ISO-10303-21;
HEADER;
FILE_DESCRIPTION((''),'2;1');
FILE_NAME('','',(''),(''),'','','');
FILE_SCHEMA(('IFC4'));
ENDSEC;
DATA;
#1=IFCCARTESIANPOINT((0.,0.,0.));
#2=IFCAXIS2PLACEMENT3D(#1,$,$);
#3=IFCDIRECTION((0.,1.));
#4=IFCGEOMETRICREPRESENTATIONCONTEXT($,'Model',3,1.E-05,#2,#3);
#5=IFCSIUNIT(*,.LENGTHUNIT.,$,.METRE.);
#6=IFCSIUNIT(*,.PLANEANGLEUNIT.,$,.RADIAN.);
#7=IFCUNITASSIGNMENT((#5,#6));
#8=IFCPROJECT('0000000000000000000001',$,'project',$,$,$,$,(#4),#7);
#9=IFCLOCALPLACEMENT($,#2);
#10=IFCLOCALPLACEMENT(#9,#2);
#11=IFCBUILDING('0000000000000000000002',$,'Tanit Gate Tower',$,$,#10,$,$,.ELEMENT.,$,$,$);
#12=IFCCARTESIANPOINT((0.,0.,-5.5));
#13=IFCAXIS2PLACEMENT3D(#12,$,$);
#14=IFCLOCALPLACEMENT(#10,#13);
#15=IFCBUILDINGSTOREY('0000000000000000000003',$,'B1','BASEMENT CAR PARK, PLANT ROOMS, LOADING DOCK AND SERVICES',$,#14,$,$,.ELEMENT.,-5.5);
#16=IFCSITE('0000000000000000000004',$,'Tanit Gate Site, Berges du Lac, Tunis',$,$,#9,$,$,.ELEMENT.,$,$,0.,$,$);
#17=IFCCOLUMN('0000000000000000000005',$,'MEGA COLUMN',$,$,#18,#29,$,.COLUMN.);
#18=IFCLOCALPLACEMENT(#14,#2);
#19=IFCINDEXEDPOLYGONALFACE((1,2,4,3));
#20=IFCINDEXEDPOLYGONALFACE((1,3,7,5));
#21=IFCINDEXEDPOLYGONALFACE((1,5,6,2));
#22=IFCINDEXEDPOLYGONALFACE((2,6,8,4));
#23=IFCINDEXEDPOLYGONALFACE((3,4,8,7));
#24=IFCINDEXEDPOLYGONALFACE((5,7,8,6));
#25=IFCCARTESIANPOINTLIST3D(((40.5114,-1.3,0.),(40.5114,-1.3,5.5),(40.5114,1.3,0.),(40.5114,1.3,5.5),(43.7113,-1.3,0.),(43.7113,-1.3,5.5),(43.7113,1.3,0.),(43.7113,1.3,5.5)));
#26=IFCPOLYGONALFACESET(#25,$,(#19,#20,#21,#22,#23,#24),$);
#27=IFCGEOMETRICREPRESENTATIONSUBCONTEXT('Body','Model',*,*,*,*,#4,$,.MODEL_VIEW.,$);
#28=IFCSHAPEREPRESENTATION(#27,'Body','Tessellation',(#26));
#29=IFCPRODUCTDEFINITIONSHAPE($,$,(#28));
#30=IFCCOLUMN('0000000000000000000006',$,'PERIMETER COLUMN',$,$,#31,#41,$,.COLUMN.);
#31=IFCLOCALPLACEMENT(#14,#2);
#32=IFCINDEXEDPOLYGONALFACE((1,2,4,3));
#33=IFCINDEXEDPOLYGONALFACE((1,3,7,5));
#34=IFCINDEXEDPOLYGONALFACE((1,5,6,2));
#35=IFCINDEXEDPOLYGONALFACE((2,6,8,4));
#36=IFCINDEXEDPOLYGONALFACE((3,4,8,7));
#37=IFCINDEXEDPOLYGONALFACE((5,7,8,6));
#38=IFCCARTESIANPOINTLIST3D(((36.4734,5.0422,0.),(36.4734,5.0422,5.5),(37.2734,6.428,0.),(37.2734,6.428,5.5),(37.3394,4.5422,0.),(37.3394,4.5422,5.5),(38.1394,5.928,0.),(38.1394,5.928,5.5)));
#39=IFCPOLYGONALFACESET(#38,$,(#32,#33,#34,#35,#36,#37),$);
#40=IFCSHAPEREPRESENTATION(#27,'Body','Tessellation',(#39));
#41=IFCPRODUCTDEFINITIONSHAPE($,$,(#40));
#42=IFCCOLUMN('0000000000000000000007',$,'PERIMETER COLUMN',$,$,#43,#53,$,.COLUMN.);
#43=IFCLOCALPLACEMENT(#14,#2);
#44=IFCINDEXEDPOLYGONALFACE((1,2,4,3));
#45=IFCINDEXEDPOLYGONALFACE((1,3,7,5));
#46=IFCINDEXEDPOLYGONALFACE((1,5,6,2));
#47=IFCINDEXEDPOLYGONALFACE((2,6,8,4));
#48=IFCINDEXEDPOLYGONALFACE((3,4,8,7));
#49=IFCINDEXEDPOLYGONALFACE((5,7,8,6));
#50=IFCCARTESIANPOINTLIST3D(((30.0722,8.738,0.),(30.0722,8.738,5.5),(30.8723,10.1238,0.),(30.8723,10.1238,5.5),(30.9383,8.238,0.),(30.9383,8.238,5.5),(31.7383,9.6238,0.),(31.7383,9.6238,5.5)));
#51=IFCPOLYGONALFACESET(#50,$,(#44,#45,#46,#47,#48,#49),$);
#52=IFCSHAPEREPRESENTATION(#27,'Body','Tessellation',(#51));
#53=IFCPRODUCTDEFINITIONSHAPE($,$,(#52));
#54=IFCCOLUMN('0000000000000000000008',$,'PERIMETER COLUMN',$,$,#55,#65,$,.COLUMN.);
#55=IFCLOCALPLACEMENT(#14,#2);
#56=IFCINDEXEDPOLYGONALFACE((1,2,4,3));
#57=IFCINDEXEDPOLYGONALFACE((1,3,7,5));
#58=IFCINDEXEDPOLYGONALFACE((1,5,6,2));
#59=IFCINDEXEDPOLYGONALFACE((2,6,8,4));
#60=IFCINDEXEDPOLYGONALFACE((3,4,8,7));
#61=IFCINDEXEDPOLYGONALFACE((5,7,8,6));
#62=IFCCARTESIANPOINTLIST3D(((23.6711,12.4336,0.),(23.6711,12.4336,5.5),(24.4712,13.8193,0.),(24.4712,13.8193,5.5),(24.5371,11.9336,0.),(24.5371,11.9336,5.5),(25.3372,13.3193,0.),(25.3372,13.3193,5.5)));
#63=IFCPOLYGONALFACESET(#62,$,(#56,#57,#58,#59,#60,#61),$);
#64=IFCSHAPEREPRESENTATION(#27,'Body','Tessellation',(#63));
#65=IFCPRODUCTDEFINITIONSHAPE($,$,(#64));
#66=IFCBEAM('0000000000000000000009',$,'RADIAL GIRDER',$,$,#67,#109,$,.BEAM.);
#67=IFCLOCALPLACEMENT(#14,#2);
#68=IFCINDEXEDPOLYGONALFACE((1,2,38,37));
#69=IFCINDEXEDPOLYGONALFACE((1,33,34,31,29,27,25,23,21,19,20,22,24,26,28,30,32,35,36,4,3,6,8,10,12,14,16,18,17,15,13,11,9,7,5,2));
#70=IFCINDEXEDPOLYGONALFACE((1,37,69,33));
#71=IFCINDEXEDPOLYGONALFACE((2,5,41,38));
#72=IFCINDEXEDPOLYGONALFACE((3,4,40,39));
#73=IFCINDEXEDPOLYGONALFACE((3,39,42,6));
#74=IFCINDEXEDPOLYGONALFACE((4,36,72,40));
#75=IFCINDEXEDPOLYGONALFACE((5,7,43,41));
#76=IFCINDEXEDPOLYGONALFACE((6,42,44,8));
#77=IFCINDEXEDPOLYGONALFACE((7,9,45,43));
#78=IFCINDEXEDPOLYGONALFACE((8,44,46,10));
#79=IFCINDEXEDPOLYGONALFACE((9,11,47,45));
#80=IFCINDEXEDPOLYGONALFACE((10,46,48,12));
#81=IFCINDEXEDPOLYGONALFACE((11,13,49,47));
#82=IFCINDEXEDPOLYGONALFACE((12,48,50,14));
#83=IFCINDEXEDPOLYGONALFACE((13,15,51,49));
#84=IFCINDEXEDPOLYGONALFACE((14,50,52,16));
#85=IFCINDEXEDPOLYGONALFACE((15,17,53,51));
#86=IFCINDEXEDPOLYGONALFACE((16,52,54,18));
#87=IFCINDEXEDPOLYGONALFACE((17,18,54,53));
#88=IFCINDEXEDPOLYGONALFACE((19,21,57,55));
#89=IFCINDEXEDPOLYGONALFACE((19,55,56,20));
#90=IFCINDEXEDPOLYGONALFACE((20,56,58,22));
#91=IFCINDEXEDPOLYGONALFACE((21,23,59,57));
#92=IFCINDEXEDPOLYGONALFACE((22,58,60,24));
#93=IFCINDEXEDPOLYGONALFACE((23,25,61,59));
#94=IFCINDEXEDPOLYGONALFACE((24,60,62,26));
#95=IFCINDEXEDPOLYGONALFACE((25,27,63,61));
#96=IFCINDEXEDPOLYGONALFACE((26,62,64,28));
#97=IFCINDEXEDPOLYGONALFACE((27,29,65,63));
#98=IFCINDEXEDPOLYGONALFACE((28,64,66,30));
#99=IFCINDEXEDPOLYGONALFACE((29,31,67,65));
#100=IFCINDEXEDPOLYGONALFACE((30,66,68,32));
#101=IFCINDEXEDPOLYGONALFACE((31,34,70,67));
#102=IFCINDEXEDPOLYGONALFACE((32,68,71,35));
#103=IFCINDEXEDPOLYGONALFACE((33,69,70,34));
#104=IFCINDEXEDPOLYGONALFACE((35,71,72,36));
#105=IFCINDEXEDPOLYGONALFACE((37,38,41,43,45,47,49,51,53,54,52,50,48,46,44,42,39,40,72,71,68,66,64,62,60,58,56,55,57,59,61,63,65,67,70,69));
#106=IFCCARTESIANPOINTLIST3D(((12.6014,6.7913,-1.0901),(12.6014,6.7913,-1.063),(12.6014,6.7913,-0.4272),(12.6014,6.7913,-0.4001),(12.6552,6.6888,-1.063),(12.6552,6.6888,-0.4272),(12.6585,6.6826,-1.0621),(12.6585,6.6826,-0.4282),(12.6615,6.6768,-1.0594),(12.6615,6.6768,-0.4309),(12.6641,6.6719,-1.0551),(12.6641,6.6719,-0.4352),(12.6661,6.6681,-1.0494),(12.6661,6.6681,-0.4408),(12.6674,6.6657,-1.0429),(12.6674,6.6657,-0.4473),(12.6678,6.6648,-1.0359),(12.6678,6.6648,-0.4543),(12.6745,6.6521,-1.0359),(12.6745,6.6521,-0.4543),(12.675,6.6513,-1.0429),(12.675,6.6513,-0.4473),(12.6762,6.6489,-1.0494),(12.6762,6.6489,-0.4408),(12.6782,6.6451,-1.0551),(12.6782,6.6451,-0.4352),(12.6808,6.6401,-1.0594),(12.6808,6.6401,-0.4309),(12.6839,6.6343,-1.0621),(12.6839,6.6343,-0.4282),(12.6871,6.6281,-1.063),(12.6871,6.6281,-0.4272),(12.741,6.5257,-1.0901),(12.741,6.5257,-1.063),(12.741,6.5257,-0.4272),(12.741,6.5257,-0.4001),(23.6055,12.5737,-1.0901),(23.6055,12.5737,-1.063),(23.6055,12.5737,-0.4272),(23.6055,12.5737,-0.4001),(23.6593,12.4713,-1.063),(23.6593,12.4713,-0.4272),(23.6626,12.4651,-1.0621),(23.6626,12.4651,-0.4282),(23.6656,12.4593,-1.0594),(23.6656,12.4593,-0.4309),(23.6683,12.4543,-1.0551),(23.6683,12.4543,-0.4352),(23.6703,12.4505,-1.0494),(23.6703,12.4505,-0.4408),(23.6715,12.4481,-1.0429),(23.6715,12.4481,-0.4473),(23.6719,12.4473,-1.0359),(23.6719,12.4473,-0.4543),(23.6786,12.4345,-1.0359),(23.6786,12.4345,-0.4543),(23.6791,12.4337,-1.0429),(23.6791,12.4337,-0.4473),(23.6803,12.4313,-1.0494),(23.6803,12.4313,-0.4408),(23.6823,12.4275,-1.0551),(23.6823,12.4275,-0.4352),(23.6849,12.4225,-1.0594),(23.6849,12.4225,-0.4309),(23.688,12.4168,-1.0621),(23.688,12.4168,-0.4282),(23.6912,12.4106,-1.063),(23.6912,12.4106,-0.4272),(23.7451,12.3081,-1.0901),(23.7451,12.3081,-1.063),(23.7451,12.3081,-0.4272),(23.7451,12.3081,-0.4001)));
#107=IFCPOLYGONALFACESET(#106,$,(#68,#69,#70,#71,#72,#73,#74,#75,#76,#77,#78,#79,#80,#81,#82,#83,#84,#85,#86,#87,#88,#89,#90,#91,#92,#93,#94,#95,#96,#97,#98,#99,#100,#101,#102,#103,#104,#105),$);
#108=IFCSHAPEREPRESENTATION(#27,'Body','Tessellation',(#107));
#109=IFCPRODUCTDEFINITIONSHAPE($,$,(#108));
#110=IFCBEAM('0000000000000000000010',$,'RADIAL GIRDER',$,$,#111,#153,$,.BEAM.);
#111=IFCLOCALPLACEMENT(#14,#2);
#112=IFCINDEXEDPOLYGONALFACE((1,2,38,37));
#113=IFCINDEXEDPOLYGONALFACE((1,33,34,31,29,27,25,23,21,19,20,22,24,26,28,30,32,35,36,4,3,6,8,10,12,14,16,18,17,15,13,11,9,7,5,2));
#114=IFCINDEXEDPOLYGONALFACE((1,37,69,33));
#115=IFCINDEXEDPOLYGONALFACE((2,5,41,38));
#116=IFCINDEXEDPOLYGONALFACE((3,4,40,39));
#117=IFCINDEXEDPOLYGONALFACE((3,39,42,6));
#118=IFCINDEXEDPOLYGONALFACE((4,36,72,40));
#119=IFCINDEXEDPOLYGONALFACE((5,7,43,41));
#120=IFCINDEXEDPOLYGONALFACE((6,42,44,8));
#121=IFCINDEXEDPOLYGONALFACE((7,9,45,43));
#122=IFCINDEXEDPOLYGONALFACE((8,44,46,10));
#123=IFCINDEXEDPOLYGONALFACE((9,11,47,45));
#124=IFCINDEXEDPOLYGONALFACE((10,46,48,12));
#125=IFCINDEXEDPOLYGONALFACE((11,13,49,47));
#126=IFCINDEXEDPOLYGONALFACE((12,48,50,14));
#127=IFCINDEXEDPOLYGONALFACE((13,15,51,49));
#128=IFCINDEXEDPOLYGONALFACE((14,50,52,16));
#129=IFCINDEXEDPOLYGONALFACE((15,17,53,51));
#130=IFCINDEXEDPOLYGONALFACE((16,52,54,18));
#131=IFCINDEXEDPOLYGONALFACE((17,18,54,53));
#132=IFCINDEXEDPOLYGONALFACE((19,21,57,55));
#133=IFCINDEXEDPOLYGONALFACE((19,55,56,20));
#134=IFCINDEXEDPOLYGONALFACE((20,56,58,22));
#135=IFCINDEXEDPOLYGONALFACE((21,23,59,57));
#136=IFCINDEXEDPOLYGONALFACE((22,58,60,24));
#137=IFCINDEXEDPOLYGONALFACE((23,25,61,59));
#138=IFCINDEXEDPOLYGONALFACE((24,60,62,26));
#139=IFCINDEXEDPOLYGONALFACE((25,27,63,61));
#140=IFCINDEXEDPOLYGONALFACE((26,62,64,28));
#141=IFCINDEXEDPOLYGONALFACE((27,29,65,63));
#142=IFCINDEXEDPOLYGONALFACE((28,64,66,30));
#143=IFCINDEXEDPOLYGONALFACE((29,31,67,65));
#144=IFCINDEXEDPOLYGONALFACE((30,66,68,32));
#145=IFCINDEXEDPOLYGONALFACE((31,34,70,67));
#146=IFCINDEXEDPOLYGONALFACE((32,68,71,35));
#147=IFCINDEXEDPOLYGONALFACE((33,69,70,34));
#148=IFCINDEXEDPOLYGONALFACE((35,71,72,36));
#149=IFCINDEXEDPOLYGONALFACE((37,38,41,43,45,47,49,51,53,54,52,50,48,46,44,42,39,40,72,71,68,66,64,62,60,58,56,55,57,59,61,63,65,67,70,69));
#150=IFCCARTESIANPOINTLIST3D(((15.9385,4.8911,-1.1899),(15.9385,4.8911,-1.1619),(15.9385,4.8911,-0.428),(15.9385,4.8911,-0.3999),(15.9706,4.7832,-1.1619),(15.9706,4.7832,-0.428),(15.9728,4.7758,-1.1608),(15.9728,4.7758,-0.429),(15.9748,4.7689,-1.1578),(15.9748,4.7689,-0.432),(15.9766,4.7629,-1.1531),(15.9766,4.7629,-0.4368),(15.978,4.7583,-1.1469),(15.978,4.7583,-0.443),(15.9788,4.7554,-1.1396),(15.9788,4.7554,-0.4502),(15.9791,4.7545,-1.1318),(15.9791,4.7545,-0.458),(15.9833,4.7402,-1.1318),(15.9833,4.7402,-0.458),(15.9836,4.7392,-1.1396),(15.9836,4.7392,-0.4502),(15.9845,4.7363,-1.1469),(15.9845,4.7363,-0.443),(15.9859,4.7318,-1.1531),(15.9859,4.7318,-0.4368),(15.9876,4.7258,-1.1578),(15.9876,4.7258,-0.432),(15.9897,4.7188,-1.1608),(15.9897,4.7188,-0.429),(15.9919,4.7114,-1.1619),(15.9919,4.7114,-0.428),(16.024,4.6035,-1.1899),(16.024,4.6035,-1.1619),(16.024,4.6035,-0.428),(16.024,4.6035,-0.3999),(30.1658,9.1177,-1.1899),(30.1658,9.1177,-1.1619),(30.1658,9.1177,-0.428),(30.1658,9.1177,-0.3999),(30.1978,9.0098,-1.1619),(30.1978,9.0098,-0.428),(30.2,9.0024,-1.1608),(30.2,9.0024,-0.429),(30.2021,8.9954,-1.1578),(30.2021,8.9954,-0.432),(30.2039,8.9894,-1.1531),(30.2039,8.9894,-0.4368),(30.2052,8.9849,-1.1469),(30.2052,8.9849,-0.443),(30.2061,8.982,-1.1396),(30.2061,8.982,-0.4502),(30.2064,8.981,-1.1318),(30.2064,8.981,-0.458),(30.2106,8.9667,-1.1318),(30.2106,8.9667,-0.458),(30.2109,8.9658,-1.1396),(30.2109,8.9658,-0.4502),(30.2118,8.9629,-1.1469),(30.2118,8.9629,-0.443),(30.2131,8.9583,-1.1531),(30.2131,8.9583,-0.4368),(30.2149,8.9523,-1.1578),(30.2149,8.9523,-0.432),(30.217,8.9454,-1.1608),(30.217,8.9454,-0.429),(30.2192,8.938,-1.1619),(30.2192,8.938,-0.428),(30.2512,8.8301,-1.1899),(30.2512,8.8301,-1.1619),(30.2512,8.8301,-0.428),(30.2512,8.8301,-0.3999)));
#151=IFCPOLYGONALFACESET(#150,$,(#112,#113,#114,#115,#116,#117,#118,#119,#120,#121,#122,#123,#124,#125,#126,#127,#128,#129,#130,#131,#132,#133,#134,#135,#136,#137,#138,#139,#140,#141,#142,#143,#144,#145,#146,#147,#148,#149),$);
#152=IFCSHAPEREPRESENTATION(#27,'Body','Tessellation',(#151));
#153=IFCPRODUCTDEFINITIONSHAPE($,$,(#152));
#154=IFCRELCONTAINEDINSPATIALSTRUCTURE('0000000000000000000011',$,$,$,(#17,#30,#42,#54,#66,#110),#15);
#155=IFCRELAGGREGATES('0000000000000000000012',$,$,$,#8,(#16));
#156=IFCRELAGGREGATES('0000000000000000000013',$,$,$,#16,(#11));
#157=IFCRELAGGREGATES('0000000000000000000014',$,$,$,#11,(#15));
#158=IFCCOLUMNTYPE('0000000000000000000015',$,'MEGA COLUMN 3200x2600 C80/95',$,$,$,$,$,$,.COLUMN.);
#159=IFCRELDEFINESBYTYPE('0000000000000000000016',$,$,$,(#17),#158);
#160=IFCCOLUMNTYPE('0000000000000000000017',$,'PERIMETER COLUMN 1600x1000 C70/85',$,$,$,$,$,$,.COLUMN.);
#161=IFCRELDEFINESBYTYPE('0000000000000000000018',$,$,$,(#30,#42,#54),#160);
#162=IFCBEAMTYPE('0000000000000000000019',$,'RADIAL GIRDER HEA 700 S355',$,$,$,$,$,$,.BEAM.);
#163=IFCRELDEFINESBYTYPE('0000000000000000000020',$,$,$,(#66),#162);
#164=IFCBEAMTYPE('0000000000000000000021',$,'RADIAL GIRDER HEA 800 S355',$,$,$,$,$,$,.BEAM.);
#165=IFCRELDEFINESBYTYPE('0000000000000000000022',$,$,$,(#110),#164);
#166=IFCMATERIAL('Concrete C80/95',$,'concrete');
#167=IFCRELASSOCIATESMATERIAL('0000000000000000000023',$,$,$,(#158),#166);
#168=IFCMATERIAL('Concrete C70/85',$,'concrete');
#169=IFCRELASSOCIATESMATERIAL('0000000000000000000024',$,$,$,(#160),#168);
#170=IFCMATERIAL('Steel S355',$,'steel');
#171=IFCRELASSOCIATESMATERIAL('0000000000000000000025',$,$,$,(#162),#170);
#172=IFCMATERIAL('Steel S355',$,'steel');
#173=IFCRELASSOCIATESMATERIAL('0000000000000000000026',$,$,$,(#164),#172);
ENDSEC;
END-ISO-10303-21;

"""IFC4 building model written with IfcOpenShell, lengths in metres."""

from ifc_helpers import new_model, si_unit, direction, frame, origin, origin_2d, place, context, subcontext, project, spatial, rectangle, i_section, extrude, material, material_profile, profile_set, type_object, element, save


model = new_model("IFC4")

# Units and contexts
model_context = context("Model", 3, precision=1e-05, world=origin(), true_north=direction((0.0, 1.0)))
body_context = subcontext(model_context, "Body", "Model", "MODEL_VIEW")
ifc_project = project(units=[si_unit("LENGTHUNIT", "METRE"), si_unit("PLANEANGLEUNIT", "RADIAN")], contexts=[model_context])

# Site, building, storey
site_placement = place(None, origin())
site = spatial("IfcSite", under=ifc_project, at=site_placement, Name="Tanit Gate Site, Berges du Lac, Tunis", CompositionType="ELEMENT", RefElevation=0.0)
building_placement = place(site_placement, origin())
building = spatial("IfcBuilding", under=site, at=building_placement, Name="Tanit Gate Tower", CompositionType="ELEMENT")
storey_placement = place(building_placement, frame((0.0, 0.0, -5.5)))
storey = spatial("IfcBuildingStorey", under=building, at=storey_placement, Name="B1", Description="BASEMENT CAR PARK, PLANT ROOMS, LOADING DOCK AND SERVICES", CompositionType="ELEMENT", Elevation=-5.5)

# Columns
ifc_material_1 = material(Name="Concrete C80/95", Category="concrete")
ifc_material_profile_1 = material_profile(ifc_material_1, rectangle(XDim=3.2, YDim=2.6001, at=origin_2d()), Name="RC 3200x2600")
ifc_profile_set_1 = profile_set([ifc_material_profile_1], Name="Concrete C80/95")
column_type_1 = type_object("IfcColumnType", Name="MEGA COLUMN 3200x2600 C80/95", PredefinedType="COLUMN", material=ifc_profile_set_1)
column_placement = place(storey_placement, frame((42.1113, 0.0, 0.0), z_axis=(0.0, 0.0, 1.0), x_axis=(1.0, 0.0, 0.0)))
element("IfcColumn", 1, at=column_placement, inside=storey, type_object=column_type_1, Name="MEGA COLUMN", PredefinedType="COLUMN", context=body_context, shape_type="SweptSolid", body=[
    extrude(rectangle(XDim=3.2, YDim=2.6001, at=origin_2d()), origin(), (0.0, 0.0, 1.0), 5.5),
])
ifc_material_2 = material(Name="Concrete C70/85", Category="concrete")
ifc_material_profile_2 = material_profile(ifc_material_2, rectangle(XDim=1.6001, YDim=1.0, at=origin_2d()), Name="RC 1600x1000")
ifc_profile_set_2 = profile_set([ifc_material_profile_2], Name="Concrete C70/85")
column_type_2 = type_object("IfcColumnType", Name="PERIMETER COLUMN 1600x1000 C70/85", PredefinedType="COLUMN", material=ifc_profile_set_2)
for number, where, z_axis, x_axis, name in (
    (2, (37.3064, 5.4851, 0.0), (0.0, 0.0, 1.0), (0.5, 0.866025, 0.0), "PERIMETER COLUMN"),
    (3, (30.9053, 9.1809, 0.0), (0.0, 0.0, 1.0), (0.5, 0.866025, 0.0), "PERIMETER COLUMN"),
    (4, (24.5042, 12.8765, 0.0), (0.0, 0.0, 1.0), (0.5, 0.866025, 0.0), "PERIMETER COLUMN"),
):
    element("IfcColumn", number, at=place(storey_placement, frame(where, z_axis=z_axis, x_axis=x_axis)), inside=storey, type_object=column_type_2, Name=name, PredefinedType="COLUMN", context=body_context, shape_type="SweptSolid", body=[
        extrude(rectangle(XDim=1.6001, YDim=1.0, at=origin_2d()), origin(), (0.0, 0.0, 1.0), 5.5),
    ])

# Beams
ifc_material_3 = material(Name="Steel S355", Category="steel")
ifc_material_profile_3 = material_profile(ifc_material_3, i_section(OverallWidth=0.3, OverallDepth=0.6899, WebThickness=0.0144, FlangeThickness=0.0271, FilletRadius=0.0271, at=origin_2d()), Name="HEA 700")
ifc_profile_set_3 = profile_set([ifc_material_profile_3], Name="Steel S355")
beam_type_1 = type_object("IfcBeamType", Name="RADIAL GIRDER HEA 700 S355", PredefinedType="BEAM", material=ifc_profile_set_3)
beam_1_placement = place(storey_placement, frame((23.6753, 12.4409, -0.7451), z_axis=(-0.885223, -0.465168, 0.0), x_axis=(0.465168, -0.885223, 0.0)))
element("IfcBeam", 5, at=beam_1_placement, inside=storey, type_object=beam_type_1, Name="RADIAL GIRDER", PredefinedType="BEAM", context=body_context, shape_type="SweptSolid", body=[
    extrude(i_section(OverallWidth=0.3, OverallDepth=0.6899, WebThickness=0.0144, FlangeThickness=0.0271, FilletRadius=0.0271, at=origin_2d()), origin(), (0.0, 0.0, 1.0), 12.4309),
])
ifc_material_4 = material(Name="Steel S355", Category="steel")
ifc_material_profile_4 = material_profile(ifc_material_4, i_section(OverallWidth=0.3, OverallDepth=0.79, WebThickness=0.0149, FlangeThickness=0.0281, FilletRadius=0.03, at=origin_2d()), Name="HEA 800")
ifc_profile_set_4 = profile_set([ifc_material_profile_4], Name="Steel S355")
beam_type_2 = type_object("IfcBeamType", Name="RADIAL GIRDER HEA 800 S355", PredefinedType="BEAM", material=ifc_profile_set_4)
beam_2_placement = place(storey_placement, frame((30.2085, 8.9739, -0.7949), z_axis=(-0.958595, -0.284774, 0.0), x_axis=(0.284774, -0.958595, 0.0)))
element("IfcBeam", 6, at=beam_2_placement, inside=storey, type_object=beam_type_2, Name="RADIAL GIRDER", PredefinedType="BEAM", context=body_context, shape_type="SweptSolid", body=[
    extrude(i_section(OverallWidth=0.3, OverallDepth=0.79, WebThickness=0.0149, FlangeThickness=0.0281, FilletRadius=0.03, at=origin_2d()), origin(), (0.0, 0.0, 1.0), 14.8418),
])

save(model, "model.ifc")
